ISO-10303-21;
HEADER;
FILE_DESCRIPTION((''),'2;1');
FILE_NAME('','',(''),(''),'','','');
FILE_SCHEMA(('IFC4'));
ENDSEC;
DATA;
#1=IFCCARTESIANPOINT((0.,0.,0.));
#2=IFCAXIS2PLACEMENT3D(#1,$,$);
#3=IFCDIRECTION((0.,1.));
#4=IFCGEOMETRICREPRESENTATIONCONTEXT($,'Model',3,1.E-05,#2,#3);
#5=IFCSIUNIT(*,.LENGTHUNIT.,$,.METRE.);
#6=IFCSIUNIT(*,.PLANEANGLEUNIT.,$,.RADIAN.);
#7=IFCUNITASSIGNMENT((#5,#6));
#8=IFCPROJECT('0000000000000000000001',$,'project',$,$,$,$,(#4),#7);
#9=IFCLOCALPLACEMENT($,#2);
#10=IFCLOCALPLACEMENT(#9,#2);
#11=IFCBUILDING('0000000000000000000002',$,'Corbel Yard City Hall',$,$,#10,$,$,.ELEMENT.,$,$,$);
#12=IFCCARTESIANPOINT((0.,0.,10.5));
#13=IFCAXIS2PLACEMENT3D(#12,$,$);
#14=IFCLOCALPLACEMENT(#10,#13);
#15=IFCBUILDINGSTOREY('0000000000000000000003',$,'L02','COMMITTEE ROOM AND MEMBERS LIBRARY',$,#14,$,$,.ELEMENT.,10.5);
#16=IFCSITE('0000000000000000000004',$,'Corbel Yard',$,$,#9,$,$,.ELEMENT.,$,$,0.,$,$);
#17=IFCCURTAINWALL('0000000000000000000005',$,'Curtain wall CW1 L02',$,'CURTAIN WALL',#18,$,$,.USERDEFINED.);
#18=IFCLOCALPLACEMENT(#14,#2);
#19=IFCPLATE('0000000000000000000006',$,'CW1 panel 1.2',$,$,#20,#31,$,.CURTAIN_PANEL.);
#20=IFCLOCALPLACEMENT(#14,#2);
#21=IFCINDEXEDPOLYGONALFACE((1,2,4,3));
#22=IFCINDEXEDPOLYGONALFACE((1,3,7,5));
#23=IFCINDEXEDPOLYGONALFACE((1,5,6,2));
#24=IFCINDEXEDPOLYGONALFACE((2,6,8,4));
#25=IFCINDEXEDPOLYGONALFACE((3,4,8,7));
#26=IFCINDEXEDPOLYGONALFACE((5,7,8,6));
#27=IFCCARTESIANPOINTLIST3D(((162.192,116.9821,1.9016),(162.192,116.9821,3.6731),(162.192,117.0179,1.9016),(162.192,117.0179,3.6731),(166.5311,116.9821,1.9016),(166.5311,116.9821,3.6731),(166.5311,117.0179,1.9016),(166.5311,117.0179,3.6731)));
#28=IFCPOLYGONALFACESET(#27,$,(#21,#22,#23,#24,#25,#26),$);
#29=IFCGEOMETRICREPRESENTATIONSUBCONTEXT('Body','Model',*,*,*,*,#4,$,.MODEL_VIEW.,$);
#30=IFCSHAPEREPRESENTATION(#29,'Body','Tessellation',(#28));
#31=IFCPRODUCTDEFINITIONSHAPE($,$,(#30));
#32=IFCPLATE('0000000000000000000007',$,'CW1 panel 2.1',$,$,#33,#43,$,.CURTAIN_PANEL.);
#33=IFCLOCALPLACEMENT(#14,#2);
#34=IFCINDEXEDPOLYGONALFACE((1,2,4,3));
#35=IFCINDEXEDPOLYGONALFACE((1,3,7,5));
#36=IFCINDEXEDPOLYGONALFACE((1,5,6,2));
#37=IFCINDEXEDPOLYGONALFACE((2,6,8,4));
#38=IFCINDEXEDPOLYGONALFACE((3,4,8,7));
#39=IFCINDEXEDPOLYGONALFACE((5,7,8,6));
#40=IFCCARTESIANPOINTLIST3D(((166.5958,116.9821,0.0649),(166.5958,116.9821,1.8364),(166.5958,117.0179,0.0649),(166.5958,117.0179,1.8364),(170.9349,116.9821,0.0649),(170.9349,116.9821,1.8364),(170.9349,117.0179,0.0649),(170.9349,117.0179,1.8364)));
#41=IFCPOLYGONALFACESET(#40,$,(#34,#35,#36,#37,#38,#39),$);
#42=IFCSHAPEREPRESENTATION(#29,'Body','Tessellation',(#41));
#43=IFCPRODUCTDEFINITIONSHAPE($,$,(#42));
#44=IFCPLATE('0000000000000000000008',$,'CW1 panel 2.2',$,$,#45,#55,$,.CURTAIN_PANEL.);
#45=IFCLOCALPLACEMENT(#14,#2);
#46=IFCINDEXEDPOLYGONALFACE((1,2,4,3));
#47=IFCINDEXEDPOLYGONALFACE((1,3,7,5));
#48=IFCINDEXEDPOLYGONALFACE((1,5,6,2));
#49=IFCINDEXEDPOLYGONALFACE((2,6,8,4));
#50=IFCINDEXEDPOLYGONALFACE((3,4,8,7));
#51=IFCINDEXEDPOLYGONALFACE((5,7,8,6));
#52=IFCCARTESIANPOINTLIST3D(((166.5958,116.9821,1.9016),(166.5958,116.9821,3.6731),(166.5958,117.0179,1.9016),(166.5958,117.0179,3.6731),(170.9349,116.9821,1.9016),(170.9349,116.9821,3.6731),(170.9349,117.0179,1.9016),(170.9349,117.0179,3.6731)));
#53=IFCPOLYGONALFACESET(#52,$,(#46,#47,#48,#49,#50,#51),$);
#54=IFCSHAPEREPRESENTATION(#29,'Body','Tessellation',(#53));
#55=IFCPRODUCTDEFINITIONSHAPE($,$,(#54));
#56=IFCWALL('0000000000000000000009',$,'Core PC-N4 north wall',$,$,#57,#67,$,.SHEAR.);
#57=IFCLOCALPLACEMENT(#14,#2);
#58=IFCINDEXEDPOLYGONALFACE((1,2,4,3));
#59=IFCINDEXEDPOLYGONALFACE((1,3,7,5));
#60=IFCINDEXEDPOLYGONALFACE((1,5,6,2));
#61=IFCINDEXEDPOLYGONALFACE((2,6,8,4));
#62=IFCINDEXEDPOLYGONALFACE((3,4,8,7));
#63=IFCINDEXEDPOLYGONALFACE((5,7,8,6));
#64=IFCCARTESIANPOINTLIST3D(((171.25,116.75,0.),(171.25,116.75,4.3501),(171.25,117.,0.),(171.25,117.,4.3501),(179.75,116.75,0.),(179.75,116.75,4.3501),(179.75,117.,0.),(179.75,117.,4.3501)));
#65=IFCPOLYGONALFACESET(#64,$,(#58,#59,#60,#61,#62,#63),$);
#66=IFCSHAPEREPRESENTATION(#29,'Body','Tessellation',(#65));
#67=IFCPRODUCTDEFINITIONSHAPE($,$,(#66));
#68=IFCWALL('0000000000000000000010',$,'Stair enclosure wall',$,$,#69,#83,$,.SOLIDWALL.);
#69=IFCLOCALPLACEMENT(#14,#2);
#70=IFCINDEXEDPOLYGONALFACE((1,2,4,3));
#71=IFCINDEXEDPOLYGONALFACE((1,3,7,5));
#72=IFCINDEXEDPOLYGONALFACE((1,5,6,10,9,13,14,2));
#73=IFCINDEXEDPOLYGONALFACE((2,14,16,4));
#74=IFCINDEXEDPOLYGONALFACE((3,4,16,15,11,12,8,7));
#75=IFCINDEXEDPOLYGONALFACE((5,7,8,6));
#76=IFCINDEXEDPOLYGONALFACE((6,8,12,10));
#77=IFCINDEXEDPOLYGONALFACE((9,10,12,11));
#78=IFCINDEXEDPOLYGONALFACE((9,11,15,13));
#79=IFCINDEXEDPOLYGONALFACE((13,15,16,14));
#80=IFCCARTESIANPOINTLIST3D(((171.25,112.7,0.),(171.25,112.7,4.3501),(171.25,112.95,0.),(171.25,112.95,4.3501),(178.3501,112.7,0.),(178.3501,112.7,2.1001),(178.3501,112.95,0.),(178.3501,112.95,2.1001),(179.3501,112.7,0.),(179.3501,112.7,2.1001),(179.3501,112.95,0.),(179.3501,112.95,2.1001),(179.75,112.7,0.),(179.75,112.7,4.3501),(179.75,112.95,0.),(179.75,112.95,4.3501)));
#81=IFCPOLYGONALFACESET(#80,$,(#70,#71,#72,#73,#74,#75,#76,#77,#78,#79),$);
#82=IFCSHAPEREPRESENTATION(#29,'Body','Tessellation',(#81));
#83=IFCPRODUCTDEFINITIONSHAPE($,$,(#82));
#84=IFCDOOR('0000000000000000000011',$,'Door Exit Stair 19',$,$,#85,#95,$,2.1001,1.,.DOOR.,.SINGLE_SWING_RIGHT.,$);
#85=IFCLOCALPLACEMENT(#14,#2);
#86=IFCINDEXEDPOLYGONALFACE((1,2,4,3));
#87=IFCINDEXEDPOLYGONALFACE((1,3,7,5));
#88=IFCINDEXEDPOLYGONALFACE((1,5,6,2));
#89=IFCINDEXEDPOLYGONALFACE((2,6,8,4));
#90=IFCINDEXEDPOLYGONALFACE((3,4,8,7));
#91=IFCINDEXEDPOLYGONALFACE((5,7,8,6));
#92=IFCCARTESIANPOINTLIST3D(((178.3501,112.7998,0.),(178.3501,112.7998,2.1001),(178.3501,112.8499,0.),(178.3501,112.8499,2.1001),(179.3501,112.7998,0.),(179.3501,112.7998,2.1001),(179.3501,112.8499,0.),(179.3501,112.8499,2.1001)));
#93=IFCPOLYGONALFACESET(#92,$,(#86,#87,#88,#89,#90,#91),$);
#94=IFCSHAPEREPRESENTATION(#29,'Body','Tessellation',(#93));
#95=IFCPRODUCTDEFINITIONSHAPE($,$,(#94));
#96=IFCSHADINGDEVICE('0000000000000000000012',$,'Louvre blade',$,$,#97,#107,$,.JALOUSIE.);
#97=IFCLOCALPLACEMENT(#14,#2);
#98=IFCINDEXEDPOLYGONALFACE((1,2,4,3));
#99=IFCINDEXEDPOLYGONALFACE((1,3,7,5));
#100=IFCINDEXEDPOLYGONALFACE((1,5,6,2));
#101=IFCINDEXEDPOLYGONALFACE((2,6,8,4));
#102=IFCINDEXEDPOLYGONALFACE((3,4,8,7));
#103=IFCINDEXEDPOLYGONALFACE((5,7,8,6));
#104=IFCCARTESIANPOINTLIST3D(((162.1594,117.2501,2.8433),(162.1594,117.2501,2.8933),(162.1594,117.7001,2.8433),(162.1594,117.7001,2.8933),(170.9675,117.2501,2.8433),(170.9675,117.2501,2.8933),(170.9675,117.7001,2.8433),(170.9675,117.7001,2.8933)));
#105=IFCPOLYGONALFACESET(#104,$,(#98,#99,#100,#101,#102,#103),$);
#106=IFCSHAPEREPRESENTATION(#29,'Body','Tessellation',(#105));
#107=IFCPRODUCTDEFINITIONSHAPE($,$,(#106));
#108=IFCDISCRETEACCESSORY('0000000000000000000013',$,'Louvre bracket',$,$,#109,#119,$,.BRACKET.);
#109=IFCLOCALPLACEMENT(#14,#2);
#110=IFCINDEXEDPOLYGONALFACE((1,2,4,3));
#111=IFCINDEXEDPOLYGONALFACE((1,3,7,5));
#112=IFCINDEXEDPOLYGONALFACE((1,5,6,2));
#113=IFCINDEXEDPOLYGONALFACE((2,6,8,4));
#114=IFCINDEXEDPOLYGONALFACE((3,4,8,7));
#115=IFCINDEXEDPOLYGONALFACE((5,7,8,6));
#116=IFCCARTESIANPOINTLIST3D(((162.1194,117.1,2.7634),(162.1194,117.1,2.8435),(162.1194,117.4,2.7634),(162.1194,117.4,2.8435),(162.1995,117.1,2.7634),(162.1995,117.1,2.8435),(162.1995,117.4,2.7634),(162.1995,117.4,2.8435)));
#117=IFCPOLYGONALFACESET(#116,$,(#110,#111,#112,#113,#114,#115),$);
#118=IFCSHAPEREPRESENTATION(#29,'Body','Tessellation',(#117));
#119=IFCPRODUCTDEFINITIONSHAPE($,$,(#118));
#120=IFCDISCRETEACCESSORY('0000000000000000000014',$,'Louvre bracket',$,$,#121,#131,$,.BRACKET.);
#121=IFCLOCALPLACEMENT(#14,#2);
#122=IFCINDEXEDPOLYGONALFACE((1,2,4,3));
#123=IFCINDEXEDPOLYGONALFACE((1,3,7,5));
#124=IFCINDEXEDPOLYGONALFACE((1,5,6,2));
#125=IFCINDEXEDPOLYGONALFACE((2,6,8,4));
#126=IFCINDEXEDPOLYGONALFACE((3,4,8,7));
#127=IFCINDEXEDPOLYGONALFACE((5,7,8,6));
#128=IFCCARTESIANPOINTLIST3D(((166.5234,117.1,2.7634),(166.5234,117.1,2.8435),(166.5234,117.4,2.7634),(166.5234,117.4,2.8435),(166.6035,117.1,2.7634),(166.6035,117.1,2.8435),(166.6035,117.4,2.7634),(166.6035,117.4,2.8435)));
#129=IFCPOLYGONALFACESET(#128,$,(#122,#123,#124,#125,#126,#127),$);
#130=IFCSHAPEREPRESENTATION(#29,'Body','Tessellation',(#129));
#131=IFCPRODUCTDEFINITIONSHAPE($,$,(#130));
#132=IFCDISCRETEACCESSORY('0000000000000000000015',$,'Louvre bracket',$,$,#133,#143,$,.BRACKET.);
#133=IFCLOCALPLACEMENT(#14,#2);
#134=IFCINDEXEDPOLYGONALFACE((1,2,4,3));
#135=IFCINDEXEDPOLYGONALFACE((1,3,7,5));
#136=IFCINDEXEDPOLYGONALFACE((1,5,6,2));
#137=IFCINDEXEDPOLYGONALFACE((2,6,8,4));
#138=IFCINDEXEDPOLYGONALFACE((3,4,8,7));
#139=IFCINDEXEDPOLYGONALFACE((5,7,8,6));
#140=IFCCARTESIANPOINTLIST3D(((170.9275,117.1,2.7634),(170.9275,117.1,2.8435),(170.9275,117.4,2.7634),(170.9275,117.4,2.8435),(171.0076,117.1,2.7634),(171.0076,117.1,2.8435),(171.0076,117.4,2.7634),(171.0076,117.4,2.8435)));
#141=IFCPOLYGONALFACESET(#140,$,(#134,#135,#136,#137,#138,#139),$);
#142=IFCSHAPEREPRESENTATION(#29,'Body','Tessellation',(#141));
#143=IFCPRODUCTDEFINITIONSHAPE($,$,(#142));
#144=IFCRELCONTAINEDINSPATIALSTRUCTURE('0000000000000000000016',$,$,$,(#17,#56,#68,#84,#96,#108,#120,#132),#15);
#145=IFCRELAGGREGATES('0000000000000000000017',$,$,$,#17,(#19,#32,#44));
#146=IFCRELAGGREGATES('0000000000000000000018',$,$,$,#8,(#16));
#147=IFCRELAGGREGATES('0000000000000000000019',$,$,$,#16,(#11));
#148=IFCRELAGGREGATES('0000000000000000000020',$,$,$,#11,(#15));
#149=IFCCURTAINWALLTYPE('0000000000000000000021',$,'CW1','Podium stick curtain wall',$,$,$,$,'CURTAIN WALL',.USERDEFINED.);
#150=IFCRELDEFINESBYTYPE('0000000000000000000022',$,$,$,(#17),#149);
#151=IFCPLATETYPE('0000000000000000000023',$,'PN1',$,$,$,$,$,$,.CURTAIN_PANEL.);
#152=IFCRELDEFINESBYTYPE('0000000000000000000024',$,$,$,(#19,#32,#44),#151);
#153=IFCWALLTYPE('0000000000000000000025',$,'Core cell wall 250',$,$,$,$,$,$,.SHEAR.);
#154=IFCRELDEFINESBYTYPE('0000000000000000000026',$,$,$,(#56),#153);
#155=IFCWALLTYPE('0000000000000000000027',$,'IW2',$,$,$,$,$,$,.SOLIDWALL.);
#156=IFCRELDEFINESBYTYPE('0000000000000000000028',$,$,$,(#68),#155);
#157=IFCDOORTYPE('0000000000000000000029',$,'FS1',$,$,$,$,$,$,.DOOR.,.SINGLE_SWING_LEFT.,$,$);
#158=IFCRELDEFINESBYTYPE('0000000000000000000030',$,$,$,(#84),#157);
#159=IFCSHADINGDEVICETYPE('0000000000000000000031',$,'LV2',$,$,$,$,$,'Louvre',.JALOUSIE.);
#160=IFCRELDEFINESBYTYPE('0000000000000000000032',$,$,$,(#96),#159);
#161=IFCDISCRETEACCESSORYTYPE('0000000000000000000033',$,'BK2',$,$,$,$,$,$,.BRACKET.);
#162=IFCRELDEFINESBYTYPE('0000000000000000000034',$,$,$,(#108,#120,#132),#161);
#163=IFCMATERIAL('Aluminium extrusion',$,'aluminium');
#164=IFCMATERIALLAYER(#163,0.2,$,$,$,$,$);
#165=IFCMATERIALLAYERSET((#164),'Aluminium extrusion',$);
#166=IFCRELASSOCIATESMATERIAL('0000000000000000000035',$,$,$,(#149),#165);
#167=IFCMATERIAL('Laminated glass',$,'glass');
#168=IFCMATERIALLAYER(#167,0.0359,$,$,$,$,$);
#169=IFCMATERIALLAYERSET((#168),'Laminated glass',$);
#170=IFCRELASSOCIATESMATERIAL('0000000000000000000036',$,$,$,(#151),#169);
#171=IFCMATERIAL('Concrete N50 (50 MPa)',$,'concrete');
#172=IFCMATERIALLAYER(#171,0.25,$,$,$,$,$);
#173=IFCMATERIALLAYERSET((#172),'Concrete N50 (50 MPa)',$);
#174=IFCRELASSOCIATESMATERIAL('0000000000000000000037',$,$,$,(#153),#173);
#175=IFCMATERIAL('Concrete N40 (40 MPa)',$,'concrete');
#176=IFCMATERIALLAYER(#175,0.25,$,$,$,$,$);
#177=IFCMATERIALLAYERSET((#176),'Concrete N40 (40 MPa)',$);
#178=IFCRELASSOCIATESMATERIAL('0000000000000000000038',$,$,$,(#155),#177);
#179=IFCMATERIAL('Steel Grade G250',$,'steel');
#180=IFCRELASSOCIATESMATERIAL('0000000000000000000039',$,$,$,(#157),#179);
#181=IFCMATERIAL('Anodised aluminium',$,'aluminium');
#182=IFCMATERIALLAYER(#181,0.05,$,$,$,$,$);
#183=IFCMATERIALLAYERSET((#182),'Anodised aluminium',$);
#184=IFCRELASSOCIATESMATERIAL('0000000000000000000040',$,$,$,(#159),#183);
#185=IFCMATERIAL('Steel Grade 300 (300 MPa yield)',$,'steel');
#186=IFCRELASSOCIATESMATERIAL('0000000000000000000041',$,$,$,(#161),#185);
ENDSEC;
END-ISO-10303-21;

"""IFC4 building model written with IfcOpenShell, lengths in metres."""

from ifc_helpers import new_model, si_unit, direction, frame, frame_2d, origin, origin_2d, place, context, subcontext, project, spatial, rectangle, extrude, material, layer, layer_set, type_object, element, fill, aggregate, save


model = new_model("IFC4")

# Units and contexts
model_context = context("Model", 3, precision=1e-05, world=origin(), true_north=direction((0.0, 1.0)))
body_context = subcontext(model_context, "Body", "Model", "MODEL_VIEW")
ifc_project = project(units=[si_unit("LENGTHUNIT", "METRE"), si_unit("PLANEANGLEUNIT", "RADIAN")], contexts=[model_context])

# Site, building, storey
site_placement = place(None, origin())
site = spatial("IfcSite", under=ifc_project, at=site_placement, Name="Corbel Yard", CompositionType="ELEMENT", RefElevation=0.0)
building_placement = place(site_placement, origin())
building = spatial("IfcBuilding", under=site, at=building_placement, Name="Corbel Yard City Hall", CompositionType="ELEMENT")
storey_placement = place(building_placement, frame((0.0, 0.0, 10.5)))
storey = spatial("IfcBuildingStorey", under=building, at=storey_placement, Name="L02", Description="COMMITTEE ROOM AND MEMBERS LIBRARY", CompositionType="ELEMENT", Elevation=10.5)

# Shared definitions
ifc_material_1 = material(Name="Steel Grade 300 (300 MPa yield)", Category="steel")

# Curtain wall, plates
ifc_material_2 = material(Name="Aluminium extrusion", Category="aluminium")
ifc_layer_1 = layer(ifc_material_2, 0.2)
ifc_layer_set_1 = layer_set([ifc_layer_1], Name="Aluminium extrusion")
curtain_wall_type = type_object("IfcCurtainWallType", Name="CW1", Description="Podium stick curtain wall", ElementType="CURTAIN WALL", PredefinedType="USERDEFINED", material=ifc_layer_set_1)
curtain_wall_placement = place(storey_placement, origin())
curtain_wall = element("IfcCurtainWall", 1, at=curtain_wall_placement, inside=storey, type_object=curtain_wall_type, Name="Curtain wall CW1 L02", ObjectType="CURTAIN WALL", PredefinedType="USERDEFINED")
ifc_material_3 = material(Name="Laminated glass", Category="glass")
ifc_layer_2 = layer(ifc_material_3, 0.0359)
ifc_layer_set_2 = layer_set([ifc_layer_2], Name="Laminated glass")
plate_type = type_object("IfcPlateType", Name="PN1", PredefinedType="CURTAIN_PANEL", material=ifc_layer_set_2)
plate_1_placement = place(storey_placement, frame((164.3616, 117.0, 1.9016), z_axis=(0.0, 0.0, 1.0), x_axis=(1.0, 0.0, 0.0)))
plate_1 = element("IfcPlate", 2, at=plate_1_placement, type_object=plate_type, Name="CW1 panel 1.2", PredefinedType="CURTAIN_PANEL", context=body_context, shape_type="SweptSolid", body=[
    extrude(rectangle(XDim=4.3391, YDim=0.0359, at=origin_2d()), origin(), (0.0, 0.0, 1.0), 1.7715),
])
plate_2_placement = place(storey_placement, frame((168.7654, 117.0, 0.0649), z_axis=(0.0, 0.0, 1.0), x_axis=(1.0, 0.0, 0.0)))
plate_2 = element("IfcPlate", 3, at=plate_2_placement, type_object=plate_type, Name="CW1 panel 2.1", PredefinedType="CURTAIN_PANEL", context=body_context, shape_type="SweptSolid", body=[
    extrude(rectangle(XDim=4.3391, YDim=0.0359, at=origin_2d()), origin(), (0.0, 0.0, 1.0), 1.7715),
])
plate_3_placement = place(storey_placement, frame((168.7654, 117.0, 1.9016), z_axis=(0.0, 0.0, 1.0), x_axis=(1.0, 0.0, 0.0)))
plate_3 = element("IfcPlate", 4, at=plate_3_placement, type_object=plate_type, Name="CW1 panel 2.2", PredefinedType="CURTAIN_PANEL", context=body_context, shape_type="SweptSolid", body=[
    extrude(rectangle(XDim=4.3391, YDim=0.0359, at=origin_2d()), origin(), (0.0, 0.0, 1.0), 1.7715),
])
aggregate(curtain_wall, [plate_1, plate_2, plate_3])

# Wall
ifc_material_4 = material(Name="Concrete N50 (50 MPa)", Category="concrete")
ifc_layer_3 = layer(ifc_material_4, 0.25)
ifc_layer_set_3 = layer_set([ifc_layer_3], Name="Concrete N50 (50 MPa)")
wall_type_1 = type_object("IfcWallType", Name="Core cell wall 250", PredefinedType="SHEAR", material=ifc_layer_set_3)
wall_1_placement = place(storey_placement, frame((171.25, 116.875, 0.0), z_axis=(0.0, 0.0, 1.0), x_axis=(1.0, 0.0, 0.0)))
element("IfcWall", 5, at=wall_1_placement, inside=storey, type_object=wall_type_1, Name="Core PC-N4 north wall", PredefinedType="SHEAR", context=body_context, shape_type="SweptSolid", body=[
    extrude(rectangle(XDim=8.5, YDim=0.25, at=frame_2d((4.25, 0.0))), origin(), (0.0, 0.0, 1.0), 4.3501),
])

# Wall, opening, door
ifc_material_5 = material(Name="Concrete N40 (40 MPa)", Category="concrete")
ifc_layer_4 = layer(ifc_material_5, 0.25)
ifc_layer_set_4 = layer_set([ifc_layer_4], Name="Concrete N40 (40 MPa)")
wall_type_2 = type_object("IfcWallType", Name="IW2", PredefinedType="SOLIDWALL", material=ifc_layer_set_4)
wall_2_placement = place(storey_placement, frame((179.75, 112.825, 0.0), z_axis=(0.0, 0.0, 1.0), x_axis=(-1.0, 0.0, 0.0)))
wall_2 = element("IfcWall", 6, at=wall_2_placement, inside=storey, type_object=wall_type_2, Name="Stair enclosure wall", PredefinedType="SOLIDWALL", context=body_context, shape_type="SweptSolid", body=[
    extrude(rectangle(XDim=8.5, YDim=0.25, at=frame_2d((4.25, 0.0))), origin(), (0.0, 0.0, 1.0), 4.3501),
])
opening_placement = place(wall_2_placement, frame((0.3999, 0.0, 0.0)))
opening = element("IfcOpeningElement", 7, at=opening_placement, cuts=wall_2, PredefinedType="OPENING", context=body_context, shape_type="SweptSolid", body=[
    extrude(rectangle(XDim=1.0, YDim=2.1001, at=frame_2d((0.5, 1.05))), frame((0.0, 0.135, 0.0), z_axis=(0.0, -1.0, 0.0), x_axis=(1.0, 0.0, 0.0)), (0.0, 0.0, 1.0), 0.27),
])
ifc_material_6 = material(Name="Steel Grade G250", Category="steel")
door_type = type_object("IfcDoorType", Name="FS1", OperationType="SINGLE_SWING_LEFT", PredefinedType="DOOR", material=ifc_material_6)
door_placement = place(opening_placement, frame((1.0, 0.0, 0.0), z_axis=(0.0, 0.0, 1.0), x_axis=(-1.0, 0.0, 0.0)))
door = element("IfcDoor", 8, at=door_placement, inside=storey, type_object=door_type, Name="Door Exit Stair 19", OperationType="SINGLE_SWING_RIGHT", OverallHeight=2.1001, OverallWidth=1.0, PredefinedType="DOOR", context=body_context, shape_type="SweptSolid", body=[
    extrude(rectangle(XDim=1.0, YDim=2.1001, at=frame_2d((0.5, 1.05))), frame((0.0, 0.0249, 0.0), z_axis=(0.0, -1.0, 0.0), x_axis=(1.0, 0.0, 0.0)), (0.0, 0.0, 1.0), 0.05),
])
fill(opening, door)

# Shading device
ifc_material_7 = material(Name="Anodised aluminium", Category="aluminium")
ifc_layer_5 = layer(ifc_material_7, 0.05)
ifc_layer_set_5 = layer_set([ifc_layer_5], Name="Anodised aluminium")
shading_device_type = type_object("IfcShadingDeviceType", Name="LV2", ElementType="Louvre", PredefinedType="JALOUSIE", material=ifc_layer_set_5)
shading_device_placement = place(storey_placement, frame((166.5635, 117.4751, 2.8433), z_axis=(0.0, 0.0, 1.0), x_axis=(1.0, 0.0, 0.0)))
element("IfcShadingDevice", 9, at=shading_device_placement, inside=storey, type_object=shading_device_type, Name="Louvre blade", PredefinedType="JALOUSIE", context=body_context, shape_type="SweptSolid", body=[
    extrude(rectangle(XDim=8.8081, YDim=0.45, at=origin_2d()), origin(), (0.0, 0.0, 1.0), 0.05),
])

# Discrete accessories
discrete_accessory_type = type_object("IfcDiscreteAccessoryType", Name="BK2", PredefinedType="BRACKET", material=ifc_material_1)
for number, where, z_axis, x_axis, name in (
    (10, (162.1594, 117.25, 2.7634), (0.0, 0.0, 1.0), (1.0, 0.0, 0.0), "Louvre bracket"),
    (11, (166.5635, 117.25, 2.7634), (0.0, 0.0, 1.0), (1.0, 0.0, 0.0), "Louvre bracket"),
    (12, (170.9675, 117.25, 2.7634), (0.0, 0.0, 1.0), (1.0, 0.0, 0.0), "Louvre bracket"),
):
    element("IfcDiscreteAccessory", number, at=place(storey_placement, frame(where, z_axis=z_axis, x_axis=x_axis)), inside=storey, type_object=discrete_accessory_type, Name=name, PredefinedType="BRACKET", context=body_context, shape_type="SweptSolid", body=[
        extrude(rectangle(XDim=0.0801, YDim=0.3, at=origin_2d()), origin(), (0.0, 0.0, 1.0), 0.0801),
    ])

save(model, "model.ifc")
